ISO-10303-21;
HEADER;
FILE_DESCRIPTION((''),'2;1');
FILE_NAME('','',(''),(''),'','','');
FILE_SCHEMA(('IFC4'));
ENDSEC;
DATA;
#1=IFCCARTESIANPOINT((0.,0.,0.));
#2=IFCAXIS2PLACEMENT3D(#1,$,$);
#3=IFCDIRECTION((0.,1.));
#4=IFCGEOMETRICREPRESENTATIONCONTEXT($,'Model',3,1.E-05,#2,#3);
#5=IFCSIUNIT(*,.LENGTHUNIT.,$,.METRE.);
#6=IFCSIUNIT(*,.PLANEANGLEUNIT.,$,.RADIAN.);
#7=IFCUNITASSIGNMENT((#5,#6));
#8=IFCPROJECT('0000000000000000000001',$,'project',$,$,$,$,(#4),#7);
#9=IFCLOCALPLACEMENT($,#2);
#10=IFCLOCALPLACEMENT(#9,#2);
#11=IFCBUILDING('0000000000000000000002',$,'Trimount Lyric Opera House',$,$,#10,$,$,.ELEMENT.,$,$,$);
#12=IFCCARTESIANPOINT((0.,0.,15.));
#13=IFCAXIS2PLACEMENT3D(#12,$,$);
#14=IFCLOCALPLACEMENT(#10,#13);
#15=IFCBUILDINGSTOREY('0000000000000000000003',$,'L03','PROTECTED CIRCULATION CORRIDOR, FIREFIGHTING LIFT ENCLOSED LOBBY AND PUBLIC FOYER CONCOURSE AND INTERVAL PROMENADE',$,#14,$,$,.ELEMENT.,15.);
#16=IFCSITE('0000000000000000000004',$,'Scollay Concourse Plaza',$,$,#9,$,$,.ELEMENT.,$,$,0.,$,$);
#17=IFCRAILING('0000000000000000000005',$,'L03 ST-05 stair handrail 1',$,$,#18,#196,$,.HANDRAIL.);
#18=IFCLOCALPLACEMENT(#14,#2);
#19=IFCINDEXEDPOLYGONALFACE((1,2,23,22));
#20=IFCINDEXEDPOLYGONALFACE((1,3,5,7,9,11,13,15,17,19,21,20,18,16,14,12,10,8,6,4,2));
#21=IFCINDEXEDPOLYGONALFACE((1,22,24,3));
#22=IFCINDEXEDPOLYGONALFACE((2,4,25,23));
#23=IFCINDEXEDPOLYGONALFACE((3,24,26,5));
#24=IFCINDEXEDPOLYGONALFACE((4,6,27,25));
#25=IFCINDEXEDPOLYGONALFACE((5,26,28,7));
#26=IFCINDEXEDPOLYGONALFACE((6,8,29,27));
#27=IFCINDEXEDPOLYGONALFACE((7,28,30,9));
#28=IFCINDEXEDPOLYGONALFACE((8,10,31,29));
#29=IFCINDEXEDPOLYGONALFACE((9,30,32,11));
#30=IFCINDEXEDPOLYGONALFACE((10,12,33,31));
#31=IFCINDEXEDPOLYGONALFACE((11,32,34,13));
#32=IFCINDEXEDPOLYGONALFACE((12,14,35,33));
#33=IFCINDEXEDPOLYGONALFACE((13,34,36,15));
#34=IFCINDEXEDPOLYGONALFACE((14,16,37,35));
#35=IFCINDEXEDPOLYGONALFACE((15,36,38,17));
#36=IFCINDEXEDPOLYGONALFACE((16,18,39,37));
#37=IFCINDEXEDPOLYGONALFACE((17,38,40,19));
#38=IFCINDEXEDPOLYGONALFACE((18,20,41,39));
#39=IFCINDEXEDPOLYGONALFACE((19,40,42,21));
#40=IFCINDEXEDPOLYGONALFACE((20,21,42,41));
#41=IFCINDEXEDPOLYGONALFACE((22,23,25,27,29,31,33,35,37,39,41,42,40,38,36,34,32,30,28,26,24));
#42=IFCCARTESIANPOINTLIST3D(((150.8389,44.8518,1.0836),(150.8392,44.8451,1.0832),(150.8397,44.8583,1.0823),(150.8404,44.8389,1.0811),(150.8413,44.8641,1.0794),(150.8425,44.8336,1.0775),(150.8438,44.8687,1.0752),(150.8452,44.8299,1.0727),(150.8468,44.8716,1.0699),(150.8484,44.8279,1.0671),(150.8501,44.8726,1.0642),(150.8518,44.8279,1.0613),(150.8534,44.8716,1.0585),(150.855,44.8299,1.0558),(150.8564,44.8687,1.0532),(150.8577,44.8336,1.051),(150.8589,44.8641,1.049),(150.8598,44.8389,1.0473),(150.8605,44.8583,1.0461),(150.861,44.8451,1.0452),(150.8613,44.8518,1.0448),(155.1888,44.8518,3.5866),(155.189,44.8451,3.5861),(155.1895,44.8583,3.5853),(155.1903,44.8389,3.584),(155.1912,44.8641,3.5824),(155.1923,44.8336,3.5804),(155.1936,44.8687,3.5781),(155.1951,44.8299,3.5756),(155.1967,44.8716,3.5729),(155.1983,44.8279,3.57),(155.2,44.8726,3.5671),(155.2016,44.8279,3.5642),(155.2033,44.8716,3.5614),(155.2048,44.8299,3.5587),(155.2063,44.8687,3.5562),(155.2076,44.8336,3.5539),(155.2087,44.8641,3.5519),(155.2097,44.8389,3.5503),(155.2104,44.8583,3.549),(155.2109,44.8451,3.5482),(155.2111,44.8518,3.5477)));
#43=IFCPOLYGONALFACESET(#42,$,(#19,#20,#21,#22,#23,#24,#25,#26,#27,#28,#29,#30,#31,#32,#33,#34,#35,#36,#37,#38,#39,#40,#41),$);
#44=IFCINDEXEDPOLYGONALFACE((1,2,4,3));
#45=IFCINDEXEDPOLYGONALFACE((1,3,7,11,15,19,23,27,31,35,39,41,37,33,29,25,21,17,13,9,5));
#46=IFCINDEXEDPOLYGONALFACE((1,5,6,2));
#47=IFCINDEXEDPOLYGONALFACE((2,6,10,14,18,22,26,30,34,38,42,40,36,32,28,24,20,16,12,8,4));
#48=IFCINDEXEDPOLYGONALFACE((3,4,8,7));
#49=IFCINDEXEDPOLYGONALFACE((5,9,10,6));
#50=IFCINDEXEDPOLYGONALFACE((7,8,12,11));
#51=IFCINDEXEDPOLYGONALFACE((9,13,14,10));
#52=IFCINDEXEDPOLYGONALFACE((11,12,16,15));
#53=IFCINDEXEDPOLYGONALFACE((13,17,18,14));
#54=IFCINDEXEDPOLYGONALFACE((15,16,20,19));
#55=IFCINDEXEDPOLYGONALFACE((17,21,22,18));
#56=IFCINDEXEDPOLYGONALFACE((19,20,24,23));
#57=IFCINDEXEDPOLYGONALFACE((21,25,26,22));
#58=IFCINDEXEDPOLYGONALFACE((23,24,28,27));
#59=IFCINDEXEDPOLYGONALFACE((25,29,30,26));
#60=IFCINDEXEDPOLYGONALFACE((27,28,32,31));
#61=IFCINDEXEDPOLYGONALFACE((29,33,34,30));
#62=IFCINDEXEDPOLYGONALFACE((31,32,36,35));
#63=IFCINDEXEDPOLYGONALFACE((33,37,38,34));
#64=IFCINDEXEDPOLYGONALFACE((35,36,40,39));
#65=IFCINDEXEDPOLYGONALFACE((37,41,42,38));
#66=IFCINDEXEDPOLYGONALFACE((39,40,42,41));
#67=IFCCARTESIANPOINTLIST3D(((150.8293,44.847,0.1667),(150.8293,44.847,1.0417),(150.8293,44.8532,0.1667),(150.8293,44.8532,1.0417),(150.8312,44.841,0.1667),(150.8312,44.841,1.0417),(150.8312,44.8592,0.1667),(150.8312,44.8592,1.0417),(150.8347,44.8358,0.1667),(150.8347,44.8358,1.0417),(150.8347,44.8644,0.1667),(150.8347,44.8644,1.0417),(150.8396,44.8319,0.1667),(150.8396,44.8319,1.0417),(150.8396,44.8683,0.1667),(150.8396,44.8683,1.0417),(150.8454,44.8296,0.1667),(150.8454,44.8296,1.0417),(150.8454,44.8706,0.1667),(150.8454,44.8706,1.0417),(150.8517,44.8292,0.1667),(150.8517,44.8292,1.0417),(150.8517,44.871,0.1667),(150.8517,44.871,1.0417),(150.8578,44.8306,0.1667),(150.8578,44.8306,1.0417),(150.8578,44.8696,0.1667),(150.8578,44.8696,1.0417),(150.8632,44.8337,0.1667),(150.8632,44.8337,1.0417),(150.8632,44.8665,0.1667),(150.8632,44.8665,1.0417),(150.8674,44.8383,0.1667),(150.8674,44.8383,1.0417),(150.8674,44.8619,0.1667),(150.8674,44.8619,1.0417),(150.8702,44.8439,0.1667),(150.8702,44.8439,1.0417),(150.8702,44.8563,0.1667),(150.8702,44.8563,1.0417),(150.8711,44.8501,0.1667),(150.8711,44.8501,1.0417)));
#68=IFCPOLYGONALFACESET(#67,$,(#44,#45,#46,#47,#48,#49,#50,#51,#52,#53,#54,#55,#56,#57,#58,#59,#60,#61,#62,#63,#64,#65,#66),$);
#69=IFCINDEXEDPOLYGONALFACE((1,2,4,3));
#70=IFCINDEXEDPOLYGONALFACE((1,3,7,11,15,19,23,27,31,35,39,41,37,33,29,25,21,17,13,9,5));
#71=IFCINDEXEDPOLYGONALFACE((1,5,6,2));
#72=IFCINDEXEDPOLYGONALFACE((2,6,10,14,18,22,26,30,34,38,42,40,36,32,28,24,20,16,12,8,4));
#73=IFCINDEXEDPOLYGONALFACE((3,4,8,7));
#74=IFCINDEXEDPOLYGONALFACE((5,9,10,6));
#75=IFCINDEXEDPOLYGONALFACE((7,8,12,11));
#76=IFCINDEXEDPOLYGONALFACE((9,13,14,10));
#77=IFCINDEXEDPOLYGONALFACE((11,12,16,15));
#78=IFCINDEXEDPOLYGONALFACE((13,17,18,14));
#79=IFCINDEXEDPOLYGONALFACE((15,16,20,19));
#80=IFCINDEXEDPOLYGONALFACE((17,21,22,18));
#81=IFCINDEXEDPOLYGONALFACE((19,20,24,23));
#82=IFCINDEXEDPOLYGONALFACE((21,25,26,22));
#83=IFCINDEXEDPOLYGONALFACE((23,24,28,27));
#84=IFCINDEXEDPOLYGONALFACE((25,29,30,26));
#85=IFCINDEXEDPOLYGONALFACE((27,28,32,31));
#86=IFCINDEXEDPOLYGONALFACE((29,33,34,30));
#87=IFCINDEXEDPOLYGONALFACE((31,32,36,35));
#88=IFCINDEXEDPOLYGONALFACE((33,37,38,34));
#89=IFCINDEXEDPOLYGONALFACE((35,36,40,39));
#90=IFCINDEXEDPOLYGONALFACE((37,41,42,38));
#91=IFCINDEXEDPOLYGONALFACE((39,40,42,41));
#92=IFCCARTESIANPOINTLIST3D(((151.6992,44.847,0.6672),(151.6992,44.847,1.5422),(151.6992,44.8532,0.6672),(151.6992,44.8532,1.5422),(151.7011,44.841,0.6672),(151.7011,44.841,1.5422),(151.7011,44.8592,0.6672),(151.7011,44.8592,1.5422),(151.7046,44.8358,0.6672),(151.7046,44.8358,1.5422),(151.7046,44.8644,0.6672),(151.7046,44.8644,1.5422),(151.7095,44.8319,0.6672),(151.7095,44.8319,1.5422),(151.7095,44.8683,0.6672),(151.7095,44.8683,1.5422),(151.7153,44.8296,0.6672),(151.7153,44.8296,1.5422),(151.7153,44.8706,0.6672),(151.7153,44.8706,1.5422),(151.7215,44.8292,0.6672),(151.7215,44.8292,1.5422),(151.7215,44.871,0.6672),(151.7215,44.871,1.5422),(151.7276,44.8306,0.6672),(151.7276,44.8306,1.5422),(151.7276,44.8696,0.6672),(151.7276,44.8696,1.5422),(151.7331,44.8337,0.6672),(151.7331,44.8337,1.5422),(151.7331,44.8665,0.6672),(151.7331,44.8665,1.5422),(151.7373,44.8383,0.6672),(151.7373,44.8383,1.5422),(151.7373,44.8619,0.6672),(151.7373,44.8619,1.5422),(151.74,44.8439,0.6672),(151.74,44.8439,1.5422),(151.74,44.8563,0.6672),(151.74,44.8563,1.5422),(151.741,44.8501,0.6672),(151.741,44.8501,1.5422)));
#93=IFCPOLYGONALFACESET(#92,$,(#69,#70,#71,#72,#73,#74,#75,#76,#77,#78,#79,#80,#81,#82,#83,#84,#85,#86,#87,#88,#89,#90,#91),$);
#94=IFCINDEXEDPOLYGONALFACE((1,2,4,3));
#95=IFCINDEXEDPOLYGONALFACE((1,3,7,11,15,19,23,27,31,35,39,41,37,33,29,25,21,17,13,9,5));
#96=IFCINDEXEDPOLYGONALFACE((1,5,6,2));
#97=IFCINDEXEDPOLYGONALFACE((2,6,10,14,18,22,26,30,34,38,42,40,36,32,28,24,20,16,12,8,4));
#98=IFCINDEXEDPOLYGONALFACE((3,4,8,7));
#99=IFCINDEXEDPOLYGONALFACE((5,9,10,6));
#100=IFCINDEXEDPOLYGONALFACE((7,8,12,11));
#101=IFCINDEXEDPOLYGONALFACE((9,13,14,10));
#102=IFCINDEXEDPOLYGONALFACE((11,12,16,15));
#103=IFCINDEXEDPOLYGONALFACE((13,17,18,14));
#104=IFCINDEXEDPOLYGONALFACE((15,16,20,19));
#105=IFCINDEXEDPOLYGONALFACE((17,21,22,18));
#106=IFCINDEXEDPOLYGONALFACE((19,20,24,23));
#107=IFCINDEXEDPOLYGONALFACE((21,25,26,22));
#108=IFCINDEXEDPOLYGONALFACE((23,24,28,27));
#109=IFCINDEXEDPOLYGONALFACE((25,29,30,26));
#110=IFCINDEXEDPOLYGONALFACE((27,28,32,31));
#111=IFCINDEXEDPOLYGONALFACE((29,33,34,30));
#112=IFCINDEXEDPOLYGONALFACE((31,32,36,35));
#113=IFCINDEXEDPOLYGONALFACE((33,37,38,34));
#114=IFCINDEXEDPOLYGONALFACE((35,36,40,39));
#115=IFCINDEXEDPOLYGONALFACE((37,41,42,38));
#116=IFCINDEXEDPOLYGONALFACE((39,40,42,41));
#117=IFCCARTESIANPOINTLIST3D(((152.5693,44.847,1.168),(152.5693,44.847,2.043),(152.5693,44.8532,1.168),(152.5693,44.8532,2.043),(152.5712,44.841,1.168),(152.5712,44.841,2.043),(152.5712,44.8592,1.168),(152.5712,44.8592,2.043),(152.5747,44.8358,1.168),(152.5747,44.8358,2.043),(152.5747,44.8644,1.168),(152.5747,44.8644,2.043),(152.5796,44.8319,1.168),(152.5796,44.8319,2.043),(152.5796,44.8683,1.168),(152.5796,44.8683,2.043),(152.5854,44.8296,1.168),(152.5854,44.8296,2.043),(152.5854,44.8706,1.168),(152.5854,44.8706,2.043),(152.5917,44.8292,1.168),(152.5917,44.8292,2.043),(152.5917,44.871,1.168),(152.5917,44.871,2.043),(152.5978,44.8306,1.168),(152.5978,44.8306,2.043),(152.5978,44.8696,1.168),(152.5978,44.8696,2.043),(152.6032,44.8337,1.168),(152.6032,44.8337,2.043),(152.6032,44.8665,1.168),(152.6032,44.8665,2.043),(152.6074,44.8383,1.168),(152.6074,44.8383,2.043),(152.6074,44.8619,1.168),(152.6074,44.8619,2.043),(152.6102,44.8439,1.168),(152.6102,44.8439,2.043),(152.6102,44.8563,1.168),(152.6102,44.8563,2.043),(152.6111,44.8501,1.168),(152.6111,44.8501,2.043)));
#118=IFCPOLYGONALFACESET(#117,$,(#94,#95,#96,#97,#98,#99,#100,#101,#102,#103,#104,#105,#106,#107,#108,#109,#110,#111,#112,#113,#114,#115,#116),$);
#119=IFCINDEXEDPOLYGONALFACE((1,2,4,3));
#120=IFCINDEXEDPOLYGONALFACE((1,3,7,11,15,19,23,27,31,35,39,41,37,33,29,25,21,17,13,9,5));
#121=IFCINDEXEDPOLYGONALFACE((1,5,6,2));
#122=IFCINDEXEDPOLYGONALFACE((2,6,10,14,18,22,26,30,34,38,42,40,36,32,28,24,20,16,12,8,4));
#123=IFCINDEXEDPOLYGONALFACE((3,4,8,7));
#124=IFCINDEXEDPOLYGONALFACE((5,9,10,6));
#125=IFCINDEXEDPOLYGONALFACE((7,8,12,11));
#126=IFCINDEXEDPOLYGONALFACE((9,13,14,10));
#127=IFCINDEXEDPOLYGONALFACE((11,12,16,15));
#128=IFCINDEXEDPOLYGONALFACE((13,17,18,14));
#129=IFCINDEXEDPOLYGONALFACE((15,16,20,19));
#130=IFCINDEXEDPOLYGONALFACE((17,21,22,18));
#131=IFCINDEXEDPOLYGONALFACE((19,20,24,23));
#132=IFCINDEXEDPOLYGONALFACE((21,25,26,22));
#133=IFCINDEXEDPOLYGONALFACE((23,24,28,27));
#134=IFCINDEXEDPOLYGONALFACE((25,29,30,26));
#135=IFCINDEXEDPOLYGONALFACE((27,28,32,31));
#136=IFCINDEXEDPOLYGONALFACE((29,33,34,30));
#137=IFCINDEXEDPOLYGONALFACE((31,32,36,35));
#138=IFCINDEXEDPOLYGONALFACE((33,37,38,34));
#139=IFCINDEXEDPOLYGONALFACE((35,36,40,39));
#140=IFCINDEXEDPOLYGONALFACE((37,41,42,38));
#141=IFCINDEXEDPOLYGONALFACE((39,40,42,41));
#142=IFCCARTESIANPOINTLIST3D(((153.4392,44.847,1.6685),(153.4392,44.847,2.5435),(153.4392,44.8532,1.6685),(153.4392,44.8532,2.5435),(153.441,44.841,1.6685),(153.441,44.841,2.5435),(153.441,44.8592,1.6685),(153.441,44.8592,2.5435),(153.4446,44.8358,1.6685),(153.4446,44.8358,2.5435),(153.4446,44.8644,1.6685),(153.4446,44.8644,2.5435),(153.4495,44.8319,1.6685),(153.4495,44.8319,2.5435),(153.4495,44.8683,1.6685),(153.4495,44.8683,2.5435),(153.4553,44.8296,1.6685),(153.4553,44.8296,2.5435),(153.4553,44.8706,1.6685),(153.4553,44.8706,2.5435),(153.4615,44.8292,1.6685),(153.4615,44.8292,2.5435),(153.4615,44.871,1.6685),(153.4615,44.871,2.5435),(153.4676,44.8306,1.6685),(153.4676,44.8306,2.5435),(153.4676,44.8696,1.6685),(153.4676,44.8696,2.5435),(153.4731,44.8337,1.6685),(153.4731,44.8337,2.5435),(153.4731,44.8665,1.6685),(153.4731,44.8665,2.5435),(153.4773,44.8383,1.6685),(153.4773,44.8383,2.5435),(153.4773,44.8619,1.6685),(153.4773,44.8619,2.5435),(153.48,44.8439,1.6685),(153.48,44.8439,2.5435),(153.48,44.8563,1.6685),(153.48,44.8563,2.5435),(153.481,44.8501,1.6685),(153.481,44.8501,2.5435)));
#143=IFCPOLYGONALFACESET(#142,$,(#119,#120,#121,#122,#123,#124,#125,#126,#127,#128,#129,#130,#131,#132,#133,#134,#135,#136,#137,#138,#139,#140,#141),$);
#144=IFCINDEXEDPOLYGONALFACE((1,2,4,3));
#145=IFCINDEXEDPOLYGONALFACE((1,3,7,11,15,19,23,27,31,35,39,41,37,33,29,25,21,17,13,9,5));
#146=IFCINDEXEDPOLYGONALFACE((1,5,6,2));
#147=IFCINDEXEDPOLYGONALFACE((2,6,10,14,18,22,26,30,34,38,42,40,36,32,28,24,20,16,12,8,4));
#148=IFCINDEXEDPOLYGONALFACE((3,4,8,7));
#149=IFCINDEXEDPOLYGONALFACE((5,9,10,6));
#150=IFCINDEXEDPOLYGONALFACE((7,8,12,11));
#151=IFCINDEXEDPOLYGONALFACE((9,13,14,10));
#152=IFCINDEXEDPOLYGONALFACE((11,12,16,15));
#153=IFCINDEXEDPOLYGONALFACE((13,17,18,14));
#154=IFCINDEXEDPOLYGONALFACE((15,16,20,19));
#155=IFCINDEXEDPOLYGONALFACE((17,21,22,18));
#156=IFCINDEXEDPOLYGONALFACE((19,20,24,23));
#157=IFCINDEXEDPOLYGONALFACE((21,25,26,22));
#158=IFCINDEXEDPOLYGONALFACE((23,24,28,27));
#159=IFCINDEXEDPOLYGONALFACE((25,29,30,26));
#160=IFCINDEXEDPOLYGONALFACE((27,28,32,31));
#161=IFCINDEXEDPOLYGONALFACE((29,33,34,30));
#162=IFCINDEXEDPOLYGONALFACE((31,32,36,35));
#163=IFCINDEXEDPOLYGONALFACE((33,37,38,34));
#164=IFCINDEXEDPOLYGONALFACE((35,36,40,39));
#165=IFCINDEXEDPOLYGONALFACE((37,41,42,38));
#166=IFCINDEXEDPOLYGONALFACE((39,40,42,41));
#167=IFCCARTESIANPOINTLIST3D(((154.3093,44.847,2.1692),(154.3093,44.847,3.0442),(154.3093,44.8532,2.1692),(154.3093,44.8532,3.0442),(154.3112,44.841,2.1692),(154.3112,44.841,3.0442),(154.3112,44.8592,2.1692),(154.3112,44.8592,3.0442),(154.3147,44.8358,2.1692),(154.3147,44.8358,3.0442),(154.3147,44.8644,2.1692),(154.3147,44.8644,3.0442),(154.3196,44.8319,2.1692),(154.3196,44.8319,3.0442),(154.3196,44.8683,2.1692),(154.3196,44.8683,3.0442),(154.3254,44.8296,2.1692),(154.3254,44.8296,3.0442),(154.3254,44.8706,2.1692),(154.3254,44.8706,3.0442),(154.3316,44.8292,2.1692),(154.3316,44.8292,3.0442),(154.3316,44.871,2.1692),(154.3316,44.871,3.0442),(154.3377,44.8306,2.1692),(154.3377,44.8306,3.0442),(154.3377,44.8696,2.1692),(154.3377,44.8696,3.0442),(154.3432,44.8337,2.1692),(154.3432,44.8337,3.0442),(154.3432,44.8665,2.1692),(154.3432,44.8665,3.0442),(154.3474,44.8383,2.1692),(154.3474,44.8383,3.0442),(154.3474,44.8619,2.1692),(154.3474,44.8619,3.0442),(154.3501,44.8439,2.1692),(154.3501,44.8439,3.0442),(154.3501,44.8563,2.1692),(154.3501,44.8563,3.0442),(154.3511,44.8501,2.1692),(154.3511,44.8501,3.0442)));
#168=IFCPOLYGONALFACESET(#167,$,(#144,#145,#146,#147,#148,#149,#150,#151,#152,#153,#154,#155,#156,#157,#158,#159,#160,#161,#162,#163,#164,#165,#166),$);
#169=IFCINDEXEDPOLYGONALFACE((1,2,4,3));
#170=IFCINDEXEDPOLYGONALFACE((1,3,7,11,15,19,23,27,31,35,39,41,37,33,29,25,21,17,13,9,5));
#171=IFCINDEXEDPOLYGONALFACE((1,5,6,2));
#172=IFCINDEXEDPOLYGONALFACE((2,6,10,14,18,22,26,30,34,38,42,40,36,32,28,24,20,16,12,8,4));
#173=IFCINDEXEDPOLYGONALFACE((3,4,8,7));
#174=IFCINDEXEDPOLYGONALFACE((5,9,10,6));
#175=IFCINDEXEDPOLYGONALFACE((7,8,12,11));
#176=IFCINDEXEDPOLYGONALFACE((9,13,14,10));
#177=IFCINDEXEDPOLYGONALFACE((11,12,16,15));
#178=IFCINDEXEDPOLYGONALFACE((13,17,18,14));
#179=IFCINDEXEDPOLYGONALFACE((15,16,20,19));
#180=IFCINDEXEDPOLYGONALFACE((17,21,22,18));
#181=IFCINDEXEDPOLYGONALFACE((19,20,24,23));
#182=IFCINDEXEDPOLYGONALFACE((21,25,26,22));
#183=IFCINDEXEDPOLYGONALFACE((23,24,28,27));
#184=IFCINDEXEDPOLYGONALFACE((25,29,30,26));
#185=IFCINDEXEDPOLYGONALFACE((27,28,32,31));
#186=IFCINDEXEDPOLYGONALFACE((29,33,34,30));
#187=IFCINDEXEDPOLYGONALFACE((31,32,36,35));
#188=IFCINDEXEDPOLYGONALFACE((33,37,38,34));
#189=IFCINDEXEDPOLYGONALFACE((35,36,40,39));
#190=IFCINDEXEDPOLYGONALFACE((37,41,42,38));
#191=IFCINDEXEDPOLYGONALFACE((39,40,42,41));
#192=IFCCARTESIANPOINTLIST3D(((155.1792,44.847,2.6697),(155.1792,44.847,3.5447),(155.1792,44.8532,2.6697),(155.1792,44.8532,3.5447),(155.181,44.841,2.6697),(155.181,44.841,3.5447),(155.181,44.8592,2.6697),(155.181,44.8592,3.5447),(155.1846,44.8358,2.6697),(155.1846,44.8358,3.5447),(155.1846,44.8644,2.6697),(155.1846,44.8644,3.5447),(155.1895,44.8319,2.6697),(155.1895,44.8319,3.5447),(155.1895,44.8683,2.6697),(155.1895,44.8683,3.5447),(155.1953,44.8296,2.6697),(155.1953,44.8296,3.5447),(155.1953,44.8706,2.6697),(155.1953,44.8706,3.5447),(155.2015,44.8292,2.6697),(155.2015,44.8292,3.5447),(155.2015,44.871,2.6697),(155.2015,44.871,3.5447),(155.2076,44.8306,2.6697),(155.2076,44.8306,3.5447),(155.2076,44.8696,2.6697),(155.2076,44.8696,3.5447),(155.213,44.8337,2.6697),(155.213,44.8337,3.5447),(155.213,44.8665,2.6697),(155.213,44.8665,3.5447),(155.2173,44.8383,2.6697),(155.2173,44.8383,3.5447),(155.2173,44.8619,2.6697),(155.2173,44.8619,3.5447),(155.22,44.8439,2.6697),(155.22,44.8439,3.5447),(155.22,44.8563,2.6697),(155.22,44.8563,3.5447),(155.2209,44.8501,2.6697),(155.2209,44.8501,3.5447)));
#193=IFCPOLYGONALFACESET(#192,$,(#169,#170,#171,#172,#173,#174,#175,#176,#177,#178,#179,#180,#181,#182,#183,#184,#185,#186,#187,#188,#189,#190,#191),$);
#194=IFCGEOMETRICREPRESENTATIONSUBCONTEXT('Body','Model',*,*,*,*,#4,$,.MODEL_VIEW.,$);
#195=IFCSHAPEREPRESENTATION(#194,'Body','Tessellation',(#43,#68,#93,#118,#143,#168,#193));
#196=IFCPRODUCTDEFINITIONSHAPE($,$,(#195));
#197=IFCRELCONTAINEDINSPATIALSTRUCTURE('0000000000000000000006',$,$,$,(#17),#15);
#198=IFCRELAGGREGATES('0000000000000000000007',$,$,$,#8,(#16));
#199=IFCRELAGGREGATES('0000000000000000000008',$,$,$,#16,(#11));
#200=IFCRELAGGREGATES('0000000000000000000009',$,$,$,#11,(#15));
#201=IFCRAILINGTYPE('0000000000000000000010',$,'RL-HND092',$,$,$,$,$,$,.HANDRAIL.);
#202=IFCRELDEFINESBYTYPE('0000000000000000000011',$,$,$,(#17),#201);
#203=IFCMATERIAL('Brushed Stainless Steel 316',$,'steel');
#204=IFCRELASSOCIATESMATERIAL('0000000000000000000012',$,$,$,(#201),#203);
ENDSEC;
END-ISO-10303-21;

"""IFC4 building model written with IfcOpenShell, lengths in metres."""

from ifc_helpers import new_model, si_unit, direction, frame, origin, origin_2d, place, context, subcontext, project, spatial, circle, extrude, material, type_object, element, save


model = new_model("IFC4")

# Units and contexts
model_context = context("Model", 3, precision=1e-05, world=origin(), true_north=direction((0.0, 1.0)))
body_context = subcontext(model_context, "Body", "Model", "MODEL_VIEW")
ifc_project = project(units=[si_unit("LENGTHUNIT", "METRE"), si_unit("PLANEANGLEUNIT", "RADIAN")], contexts=[model_context])

# Site, building, storey
site_placement = place(None, origin())
site = spatial("IfcSite", under=ifc_project, at=site_placement, Name="Scollay Concourse Plaza", CompositionType="ELEMENT", RefElevation=0.0)
building_placement = place(site_placement, origin())
building = spatial("IfcBuilding", under=site, at=building_placement, Name="Trimount Lyric Opera House", CompositionType="ELEMENT")
storey_placement = place(building_placement, frame((0.0, 0.0, 15.0)))
storey = spatial("IfcBuildingStorey", under=building, at=storey_placement, Name="L03", Description="PROTECTED CIRCULATION CORRIDOR, FIREFIGHTING LIFT ENCLOSED LOBBY AND PUBLIC FOYER CONCOURSE AND INTERVAL PROMENADE", CompositionType="ELEMENT", Elevation=15.0)

# Railing
ifc_material_1 = material(Name="Brushed Stainless Steel 316", Category="steel")
railing_type_1 = type_object("IfcRailingType", Name="RL-HND092", PredefinedType="HANDRAIL", material=ifc_material_1)
railing_1_placement = place(storey_placement, frame((150.8501, 44.8501, 0.1667)))
element("IfcRailing", 1, at=railing_1_placement, inside=storey, type_object=railing_type_1, Name="L03 ST-05 stair handrail 1", PredefinedType="HANDRAIL", context=body_context, shape_type="SweptSolid", body=[
    extrude(circle(Radius=0.0225, at=origin_2d()), frame((0.0, 0.0, 0.8975), z_axis=(0.866754, 0.0, 0.498735), x_axis=(0.0, 1.0, 0.0)), (0.0, 0.0, 1.0), 5.0186),
    extrude(circle(Radius=0.021, at=origin_2d()), origin(), (0.0, 0.0, 1.0), 0.875),
    extrude(circle(Radius=0.021, at=origin_2d()), frame((0.8699, 0.0, 0.5005)), (0.0, 0.0, 1.0), 0.875),
    extrude(circle(Radius=0.021, at=origin_2d()), frame((1.74, 0.0, 1.0012)), (0.0, 0.0, 1.0), 0.875),
    extrude(circle(Radius=0.021, at=origin_2d()), frame((2.6099, 0.0, 1.5017)), (0.0, 0.0, 1.0), 0.875),
    extrude(circle(Radius=0.021, at=origin_2d()), frame((3.48, 0.0, 2.0024)), (0.0, 0.0, 1.0), 0.875),
    extrude(circle(Radius=0.021, at=origin_2d()), frame((4.3499, 0.0, 2.5029)), (0.0, 0.0, 1.0), 0.875),
])

save(model, "model.ifc")
